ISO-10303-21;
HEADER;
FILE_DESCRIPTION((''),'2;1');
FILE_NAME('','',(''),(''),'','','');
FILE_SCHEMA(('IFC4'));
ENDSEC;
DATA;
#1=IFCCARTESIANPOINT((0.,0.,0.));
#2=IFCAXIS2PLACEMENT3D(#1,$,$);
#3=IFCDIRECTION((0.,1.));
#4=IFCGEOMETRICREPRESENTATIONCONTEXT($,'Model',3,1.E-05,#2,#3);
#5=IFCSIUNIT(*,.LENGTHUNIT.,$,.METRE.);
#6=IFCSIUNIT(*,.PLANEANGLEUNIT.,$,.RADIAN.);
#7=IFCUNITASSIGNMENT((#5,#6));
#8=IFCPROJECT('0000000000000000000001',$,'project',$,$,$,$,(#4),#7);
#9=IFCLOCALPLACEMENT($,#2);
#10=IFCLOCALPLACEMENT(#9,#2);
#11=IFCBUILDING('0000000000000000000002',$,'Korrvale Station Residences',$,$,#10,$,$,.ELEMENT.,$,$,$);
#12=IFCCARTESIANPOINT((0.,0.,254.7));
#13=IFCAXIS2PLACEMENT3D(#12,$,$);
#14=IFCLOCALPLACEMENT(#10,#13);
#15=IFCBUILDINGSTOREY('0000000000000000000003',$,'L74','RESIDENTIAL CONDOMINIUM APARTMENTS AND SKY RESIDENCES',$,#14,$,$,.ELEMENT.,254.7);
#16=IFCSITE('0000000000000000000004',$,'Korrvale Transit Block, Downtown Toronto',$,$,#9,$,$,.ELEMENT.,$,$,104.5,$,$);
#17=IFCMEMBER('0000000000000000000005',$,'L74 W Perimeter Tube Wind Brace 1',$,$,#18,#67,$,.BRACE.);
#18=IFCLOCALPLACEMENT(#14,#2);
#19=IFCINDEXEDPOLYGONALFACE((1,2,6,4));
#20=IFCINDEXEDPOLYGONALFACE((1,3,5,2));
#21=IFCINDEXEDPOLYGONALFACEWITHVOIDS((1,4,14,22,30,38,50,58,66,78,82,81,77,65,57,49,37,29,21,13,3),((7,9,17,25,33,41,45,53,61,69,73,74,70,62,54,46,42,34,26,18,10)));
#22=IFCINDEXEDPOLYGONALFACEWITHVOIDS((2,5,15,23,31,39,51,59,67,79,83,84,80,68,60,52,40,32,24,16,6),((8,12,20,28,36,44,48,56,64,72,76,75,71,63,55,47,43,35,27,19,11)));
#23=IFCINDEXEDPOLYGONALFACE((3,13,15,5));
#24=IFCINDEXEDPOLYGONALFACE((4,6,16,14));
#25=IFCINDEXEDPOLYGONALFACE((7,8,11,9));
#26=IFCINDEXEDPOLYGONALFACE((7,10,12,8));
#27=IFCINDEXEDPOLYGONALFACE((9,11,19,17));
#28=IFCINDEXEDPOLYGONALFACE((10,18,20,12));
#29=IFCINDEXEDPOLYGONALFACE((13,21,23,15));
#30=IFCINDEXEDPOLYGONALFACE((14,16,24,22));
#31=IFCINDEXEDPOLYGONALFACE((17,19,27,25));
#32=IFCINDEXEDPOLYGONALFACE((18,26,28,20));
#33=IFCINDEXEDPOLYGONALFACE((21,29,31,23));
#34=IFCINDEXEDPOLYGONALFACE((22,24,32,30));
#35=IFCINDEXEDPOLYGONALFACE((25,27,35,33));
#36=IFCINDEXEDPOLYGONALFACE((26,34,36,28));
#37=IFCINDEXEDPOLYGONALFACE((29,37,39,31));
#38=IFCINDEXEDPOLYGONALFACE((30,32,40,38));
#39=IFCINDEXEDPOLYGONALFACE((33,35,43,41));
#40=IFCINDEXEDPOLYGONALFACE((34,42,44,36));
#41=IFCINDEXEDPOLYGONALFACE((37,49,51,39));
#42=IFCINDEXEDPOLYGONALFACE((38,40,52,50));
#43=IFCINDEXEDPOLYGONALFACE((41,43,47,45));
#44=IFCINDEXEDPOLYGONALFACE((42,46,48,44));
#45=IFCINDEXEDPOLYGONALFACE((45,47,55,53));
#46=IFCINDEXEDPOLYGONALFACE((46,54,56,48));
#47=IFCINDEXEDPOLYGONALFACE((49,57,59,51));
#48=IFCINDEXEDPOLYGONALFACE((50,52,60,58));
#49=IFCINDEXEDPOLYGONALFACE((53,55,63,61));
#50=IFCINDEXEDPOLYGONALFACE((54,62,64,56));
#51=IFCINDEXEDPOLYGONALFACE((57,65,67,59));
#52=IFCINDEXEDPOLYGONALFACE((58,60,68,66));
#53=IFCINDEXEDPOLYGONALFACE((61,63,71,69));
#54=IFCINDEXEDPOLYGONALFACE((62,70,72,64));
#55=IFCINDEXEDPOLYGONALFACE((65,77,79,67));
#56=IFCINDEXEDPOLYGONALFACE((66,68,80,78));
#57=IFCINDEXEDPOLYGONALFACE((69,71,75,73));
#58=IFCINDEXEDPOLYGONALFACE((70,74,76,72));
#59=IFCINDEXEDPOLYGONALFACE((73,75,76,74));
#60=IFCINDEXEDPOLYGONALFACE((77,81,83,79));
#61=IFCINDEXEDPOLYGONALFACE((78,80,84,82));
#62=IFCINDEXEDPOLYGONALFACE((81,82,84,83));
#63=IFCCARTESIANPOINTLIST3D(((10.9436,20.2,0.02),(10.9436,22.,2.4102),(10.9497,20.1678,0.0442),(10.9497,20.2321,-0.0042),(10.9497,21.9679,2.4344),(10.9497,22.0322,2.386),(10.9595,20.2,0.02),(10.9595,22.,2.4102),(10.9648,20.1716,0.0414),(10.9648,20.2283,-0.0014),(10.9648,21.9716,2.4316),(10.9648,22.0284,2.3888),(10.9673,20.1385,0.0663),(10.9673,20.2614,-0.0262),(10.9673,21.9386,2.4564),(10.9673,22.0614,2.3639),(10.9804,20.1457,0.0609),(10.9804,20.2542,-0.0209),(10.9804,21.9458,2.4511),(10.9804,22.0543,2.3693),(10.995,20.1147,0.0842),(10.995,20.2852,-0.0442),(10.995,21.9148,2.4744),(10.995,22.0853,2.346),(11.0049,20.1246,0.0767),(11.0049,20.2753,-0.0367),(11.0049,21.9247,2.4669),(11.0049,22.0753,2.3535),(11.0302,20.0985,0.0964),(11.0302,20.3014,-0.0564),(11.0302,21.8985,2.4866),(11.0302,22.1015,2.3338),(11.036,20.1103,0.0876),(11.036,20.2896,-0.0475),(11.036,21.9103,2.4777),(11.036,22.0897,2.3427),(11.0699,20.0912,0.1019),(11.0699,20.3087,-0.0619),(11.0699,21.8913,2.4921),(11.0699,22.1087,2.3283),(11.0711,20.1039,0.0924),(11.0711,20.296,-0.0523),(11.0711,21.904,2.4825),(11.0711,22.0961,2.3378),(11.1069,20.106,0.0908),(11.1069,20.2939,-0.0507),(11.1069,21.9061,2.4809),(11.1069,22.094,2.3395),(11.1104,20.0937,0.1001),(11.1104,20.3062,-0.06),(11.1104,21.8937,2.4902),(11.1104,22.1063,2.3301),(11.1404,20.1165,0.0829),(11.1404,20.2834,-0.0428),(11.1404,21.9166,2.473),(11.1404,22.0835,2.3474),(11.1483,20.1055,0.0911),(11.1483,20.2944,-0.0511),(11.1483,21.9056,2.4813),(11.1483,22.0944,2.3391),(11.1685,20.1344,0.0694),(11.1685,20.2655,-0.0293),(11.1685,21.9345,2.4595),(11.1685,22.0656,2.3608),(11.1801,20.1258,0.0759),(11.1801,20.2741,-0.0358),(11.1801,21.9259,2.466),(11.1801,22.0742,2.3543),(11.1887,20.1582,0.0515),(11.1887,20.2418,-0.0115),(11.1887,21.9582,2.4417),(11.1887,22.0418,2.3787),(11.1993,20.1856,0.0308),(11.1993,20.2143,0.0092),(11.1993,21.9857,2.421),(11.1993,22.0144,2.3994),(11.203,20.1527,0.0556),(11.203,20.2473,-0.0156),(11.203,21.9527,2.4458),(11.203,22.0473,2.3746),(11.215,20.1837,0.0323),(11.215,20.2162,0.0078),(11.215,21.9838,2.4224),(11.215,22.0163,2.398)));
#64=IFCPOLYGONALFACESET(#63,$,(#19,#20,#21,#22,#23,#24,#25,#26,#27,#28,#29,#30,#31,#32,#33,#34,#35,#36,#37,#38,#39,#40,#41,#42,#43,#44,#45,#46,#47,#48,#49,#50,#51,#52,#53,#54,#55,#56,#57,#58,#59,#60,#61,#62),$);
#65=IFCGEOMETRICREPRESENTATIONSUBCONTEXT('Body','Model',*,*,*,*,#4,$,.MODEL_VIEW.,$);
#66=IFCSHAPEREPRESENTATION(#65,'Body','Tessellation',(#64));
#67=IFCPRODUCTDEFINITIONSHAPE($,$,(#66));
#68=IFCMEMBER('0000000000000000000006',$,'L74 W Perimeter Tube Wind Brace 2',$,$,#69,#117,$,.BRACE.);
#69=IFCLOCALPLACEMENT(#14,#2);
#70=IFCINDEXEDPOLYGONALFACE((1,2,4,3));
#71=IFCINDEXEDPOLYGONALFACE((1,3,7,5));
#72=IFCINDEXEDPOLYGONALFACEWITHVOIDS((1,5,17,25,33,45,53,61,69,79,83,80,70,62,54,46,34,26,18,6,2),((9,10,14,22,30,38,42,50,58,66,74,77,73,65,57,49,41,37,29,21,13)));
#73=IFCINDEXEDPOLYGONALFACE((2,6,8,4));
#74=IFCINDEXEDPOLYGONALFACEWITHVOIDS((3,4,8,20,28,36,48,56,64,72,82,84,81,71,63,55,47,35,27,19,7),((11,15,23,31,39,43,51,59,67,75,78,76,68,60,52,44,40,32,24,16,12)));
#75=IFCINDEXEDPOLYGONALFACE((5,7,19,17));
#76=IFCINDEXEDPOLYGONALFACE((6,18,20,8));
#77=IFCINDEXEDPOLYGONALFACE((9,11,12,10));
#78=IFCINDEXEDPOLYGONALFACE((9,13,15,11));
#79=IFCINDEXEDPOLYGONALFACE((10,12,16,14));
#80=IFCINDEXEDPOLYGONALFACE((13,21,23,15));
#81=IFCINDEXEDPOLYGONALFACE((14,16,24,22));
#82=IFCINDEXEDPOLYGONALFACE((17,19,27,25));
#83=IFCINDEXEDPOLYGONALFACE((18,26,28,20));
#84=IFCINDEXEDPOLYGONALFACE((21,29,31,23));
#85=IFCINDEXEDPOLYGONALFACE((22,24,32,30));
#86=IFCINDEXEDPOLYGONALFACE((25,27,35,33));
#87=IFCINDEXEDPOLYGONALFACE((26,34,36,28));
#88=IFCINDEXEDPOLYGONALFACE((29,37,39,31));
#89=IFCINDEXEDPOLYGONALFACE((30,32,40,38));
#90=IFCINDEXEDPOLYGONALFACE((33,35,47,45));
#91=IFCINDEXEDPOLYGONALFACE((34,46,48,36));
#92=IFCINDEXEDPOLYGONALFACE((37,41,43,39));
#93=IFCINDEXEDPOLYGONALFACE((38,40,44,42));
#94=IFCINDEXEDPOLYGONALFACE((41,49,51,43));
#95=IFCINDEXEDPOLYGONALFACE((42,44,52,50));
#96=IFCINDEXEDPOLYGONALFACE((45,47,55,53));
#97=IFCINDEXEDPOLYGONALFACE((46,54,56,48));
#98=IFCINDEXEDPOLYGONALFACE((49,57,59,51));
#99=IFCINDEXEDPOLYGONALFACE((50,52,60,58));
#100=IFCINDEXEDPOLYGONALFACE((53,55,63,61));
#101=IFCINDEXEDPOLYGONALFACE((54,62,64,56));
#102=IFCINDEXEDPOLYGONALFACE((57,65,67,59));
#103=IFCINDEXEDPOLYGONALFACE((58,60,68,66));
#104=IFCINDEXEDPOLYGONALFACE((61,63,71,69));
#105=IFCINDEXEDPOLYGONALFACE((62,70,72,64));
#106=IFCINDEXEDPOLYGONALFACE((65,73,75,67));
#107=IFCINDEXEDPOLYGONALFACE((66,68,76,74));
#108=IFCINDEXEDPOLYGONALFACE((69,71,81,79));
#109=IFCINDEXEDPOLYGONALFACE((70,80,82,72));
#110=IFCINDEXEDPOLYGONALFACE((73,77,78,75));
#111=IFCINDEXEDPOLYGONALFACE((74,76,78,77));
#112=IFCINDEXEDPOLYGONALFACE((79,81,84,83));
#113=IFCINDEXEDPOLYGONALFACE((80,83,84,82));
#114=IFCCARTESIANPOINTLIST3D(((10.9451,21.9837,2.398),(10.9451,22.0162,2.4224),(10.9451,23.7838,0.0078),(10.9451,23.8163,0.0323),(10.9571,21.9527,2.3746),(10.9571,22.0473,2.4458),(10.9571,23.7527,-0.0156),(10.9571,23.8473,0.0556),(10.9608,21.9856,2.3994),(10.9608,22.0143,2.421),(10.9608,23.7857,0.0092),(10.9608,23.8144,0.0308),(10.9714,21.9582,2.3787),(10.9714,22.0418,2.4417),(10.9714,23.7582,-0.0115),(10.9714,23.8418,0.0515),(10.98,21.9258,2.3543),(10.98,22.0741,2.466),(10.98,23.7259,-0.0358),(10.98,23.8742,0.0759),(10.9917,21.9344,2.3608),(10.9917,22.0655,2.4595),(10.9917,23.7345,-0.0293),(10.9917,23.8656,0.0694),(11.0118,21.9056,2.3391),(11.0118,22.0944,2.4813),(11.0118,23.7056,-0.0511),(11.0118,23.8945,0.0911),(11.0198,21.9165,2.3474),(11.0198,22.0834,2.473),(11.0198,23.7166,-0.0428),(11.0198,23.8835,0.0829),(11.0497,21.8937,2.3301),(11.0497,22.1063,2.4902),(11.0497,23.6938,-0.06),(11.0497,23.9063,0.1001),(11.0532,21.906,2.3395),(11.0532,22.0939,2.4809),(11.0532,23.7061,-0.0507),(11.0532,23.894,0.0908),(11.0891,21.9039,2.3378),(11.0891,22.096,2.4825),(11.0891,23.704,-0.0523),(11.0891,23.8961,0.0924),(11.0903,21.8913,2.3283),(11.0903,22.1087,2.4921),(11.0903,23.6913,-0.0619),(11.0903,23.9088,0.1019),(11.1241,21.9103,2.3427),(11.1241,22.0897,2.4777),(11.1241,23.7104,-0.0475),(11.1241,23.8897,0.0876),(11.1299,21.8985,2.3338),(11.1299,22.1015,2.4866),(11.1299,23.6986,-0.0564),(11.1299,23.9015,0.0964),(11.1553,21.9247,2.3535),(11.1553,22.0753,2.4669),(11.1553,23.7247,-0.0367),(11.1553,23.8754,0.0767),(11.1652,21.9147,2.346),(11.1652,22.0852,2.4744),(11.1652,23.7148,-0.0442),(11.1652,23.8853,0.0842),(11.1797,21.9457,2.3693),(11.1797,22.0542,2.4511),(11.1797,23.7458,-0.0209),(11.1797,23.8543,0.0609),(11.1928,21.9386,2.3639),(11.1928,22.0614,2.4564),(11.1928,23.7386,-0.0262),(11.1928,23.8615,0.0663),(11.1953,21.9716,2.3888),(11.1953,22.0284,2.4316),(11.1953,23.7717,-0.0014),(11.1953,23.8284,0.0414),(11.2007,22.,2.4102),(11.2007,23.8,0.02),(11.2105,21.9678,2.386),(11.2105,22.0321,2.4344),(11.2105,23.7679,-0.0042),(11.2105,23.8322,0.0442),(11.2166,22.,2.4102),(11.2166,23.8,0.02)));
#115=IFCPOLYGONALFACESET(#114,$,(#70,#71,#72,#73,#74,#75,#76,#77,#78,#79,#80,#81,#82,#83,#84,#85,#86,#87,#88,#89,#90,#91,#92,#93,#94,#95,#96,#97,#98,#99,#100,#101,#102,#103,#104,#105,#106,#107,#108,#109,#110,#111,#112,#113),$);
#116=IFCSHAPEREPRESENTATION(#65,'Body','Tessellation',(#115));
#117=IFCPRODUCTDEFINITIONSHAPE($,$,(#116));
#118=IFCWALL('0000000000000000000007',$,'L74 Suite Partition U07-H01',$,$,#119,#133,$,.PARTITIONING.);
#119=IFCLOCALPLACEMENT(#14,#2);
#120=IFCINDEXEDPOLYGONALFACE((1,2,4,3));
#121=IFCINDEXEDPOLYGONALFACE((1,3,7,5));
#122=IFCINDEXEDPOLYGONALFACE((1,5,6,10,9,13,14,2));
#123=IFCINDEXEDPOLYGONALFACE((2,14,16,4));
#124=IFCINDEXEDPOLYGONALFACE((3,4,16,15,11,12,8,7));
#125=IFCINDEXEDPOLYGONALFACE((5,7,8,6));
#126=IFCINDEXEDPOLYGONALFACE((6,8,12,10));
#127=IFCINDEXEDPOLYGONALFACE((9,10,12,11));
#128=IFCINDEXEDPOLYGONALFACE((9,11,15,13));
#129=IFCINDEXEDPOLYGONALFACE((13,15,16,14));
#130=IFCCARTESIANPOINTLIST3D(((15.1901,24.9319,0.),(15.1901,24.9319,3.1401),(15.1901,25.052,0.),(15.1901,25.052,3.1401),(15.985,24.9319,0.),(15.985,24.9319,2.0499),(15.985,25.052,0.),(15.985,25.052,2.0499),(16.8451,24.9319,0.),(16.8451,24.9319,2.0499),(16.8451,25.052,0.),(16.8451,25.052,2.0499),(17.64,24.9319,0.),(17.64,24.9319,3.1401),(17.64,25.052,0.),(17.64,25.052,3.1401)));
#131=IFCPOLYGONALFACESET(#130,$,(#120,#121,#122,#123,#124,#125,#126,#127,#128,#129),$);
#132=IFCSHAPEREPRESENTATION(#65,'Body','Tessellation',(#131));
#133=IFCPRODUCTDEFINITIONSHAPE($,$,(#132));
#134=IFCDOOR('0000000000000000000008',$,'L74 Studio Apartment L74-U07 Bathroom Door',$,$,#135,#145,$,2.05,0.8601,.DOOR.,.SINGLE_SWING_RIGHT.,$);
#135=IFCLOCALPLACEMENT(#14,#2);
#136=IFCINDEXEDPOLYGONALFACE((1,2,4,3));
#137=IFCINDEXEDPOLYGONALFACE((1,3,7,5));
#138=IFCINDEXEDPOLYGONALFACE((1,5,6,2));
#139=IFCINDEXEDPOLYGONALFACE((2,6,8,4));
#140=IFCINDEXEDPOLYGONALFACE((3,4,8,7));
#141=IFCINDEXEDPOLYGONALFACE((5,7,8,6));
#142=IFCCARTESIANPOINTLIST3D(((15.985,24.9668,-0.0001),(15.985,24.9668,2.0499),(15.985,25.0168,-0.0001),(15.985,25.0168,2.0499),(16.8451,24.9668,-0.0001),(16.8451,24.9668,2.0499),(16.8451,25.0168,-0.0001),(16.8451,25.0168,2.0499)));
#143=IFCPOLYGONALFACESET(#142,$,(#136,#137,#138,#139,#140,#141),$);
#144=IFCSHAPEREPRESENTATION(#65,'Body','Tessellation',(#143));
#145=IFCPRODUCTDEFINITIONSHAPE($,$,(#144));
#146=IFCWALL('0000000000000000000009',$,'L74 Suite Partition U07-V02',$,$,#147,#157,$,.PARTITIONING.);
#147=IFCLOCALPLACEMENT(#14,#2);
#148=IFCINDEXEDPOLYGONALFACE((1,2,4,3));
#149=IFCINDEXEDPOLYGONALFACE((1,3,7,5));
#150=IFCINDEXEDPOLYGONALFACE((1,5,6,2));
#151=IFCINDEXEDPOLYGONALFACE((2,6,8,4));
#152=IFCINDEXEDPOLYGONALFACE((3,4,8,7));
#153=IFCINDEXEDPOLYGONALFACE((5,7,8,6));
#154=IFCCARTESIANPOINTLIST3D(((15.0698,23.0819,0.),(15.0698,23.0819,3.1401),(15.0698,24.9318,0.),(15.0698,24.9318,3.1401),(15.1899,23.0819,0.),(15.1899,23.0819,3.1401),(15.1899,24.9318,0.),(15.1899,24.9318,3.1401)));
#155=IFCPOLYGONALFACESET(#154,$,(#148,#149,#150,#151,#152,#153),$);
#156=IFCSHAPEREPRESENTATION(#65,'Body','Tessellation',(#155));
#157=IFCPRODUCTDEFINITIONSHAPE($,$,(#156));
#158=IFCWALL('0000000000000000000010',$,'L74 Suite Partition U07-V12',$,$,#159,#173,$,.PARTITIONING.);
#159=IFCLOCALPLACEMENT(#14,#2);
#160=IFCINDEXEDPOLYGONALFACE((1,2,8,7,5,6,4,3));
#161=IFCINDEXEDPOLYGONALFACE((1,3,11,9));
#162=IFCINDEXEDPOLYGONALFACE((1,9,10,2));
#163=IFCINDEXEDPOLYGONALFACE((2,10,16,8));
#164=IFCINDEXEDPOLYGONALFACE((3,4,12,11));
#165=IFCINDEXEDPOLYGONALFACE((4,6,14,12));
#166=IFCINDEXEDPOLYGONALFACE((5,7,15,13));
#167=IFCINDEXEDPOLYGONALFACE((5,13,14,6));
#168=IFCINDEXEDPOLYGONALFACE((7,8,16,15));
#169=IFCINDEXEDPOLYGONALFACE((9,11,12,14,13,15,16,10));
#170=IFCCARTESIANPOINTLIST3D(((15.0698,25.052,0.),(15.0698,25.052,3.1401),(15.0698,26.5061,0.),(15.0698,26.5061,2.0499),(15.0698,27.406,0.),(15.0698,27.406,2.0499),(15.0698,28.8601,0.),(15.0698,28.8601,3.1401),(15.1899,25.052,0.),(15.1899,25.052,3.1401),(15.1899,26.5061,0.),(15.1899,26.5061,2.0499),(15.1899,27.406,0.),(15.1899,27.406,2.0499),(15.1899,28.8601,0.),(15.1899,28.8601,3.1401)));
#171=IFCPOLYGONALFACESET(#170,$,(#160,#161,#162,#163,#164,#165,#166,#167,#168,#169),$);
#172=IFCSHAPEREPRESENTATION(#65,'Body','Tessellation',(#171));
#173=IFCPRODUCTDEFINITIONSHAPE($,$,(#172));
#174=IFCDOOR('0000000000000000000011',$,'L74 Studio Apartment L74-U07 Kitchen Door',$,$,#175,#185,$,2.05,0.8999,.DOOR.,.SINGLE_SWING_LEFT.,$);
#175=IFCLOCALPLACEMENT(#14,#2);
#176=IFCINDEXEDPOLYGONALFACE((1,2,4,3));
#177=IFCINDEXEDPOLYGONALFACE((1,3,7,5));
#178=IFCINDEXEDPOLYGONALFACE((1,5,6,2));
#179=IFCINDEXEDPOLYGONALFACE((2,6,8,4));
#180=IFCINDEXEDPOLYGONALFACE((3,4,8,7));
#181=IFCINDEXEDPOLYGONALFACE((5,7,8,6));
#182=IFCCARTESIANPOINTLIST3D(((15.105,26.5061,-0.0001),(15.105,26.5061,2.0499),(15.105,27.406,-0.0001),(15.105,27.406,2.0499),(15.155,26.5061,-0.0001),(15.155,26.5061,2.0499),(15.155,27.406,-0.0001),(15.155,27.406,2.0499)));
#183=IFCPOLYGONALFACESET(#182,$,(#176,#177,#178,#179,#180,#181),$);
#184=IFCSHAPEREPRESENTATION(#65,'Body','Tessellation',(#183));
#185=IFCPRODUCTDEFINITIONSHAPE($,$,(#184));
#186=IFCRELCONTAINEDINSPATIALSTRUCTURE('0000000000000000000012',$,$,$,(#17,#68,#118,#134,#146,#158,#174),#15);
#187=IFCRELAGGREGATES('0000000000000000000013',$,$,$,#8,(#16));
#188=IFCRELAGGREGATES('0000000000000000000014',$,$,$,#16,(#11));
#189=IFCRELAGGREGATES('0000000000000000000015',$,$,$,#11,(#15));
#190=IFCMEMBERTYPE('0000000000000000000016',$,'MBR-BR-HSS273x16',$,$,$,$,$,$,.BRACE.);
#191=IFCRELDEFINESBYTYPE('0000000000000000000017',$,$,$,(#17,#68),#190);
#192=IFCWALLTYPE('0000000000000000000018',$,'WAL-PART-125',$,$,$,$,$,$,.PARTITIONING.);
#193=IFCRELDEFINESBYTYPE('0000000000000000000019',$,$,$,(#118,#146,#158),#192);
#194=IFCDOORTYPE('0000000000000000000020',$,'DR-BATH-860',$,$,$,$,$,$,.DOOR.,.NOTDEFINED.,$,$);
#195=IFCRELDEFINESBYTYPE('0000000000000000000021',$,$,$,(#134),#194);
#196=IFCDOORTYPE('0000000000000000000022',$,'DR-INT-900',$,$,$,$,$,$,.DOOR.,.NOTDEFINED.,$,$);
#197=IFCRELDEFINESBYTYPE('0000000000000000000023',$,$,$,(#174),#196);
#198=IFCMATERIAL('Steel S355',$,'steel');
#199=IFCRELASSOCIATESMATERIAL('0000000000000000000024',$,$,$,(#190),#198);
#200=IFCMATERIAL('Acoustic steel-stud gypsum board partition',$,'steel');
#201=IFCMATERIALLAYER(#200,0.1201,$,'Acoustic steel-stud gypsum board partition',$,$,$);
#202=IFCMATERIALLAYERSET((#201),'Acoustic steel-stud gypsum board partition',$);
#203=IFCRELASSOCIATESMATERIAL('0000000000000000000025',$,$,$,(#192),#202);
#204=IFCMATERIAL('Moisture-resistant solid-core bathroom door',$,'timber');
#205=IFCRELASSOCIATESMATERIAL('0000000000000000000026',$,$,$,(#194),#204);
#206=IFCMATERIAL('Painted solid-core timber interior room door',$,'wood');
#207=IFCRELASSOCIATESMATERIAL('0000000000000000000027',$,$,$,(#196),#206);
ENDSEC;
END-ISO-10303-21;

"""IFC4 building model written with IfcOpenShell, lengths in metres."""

from ifc_helpers import new_model, si_unit, direction, frame, frame_2d, origin, origin_2d, place, context, subcontext, project, spatial, rectangle, hollow_circle, extrude, material, layer, layer_set, material_profile, profile_set, type_object, element, fill, save


model = new_model("IFC4")

# Units and contexts
model_context = context("Model", 3, precision=1e-05, world=origin(), true_north=direction((0.0, 1.0)))
body_context = subcontext(model_context, "Body", "Model", "MODEL_VIEW")
ifc_project = project(units=[si_unit("LENGTHUNIT", "METRE"), si_unit("PLANEANGLEUNIT", "RADIAN")], contexts=[model_context])

# Site, building, storey
site_placement = place(None, origin())
site = spatial("IfcSite", under=ifc_project, at=site_placement, Name="Korrvale Transit Block, Downtown Toronto", CompositionType="ELEMENT", RefElevation=104.5)
building_placement = place(site_placement, origin())
building = spatial("IfcBuilding", under=site, at=building_placement, Name="Korrvale Station Residences", CompositionType="ELEMENT")
storey_placement = place(building_placement, frame((0.0, 0.0, 254.7)))
storey = spatial("IfcBuildingStorey", under=building, at=storey_placement, Name="L74", Description="RESIDENTIAL CONDOMINIUM APARTMENTS AND SKY RESIDENCES", CompositionType="ELEMENT", Elevation=254.7)

# Shared definitions
ifc_material_1 = material(Name="Steel S355", Category="steel")

# Members
ifc_material_profile_1 = material_profile(ifc_material_1, hollow_circle(Radius=0.1365, WallThickness=0.0159, at=origin_2d()), Name="HSS273x16")
ifc_profile_set_1 = profile_set([ifc_material_profile_1], Name="Steel S355")
member_type = type_object("IfcMemberType", Name="MBR-BR-HSS273x16", PredefinedType="BRACE", material=ifc_profile_set_1)
for number, where, z_axis, x_axis, name in (
    (1, (11.0801, 20.2, 0.02), (0.0, 0.601592, 0.798804), (-1.0, 0.0, 0.0), "L74 W Perimeter Tube Wind Brace 1"),
    (2, (11.0801, 23.8, 0.02), (0.0, -0.601592, 0.798804), (1.0, 0.0, 0.0), "L74 W Perimeter Tube Wind Brace 2"),
):
    element("IfcMember", number, at=place(storey_placement, frame(where, z_axis=z_axis, x_axis=x_axis)), inside=storey, type_object=member_type, Name=name, PredefinedType="BRACE", context=body_context, shape_type="SweptSolid", body=[
        extrude(hollow_circle(Radius=0.1365, WallThickness=0.0159, at=origin_2d()), origin(), (0.0, 0.0, 1.0), 2.9922),
    ])

# Wall, opening, door
ifc_material_2 = material(Name="Acoustic steel-stud gypsum board partition", Category="steel")
ifc_layer_1 = layer(ifc_material_2, 0.1201, Name="Acoustic steel-stud gypsum board partition")
ifc_layer_set_1 = layer_set([ifc_layer_1], Name="Acoustic steel-stud gypsum board partition")
wall_type_1 = type_object("IfcWallType", Name="WAL-PART-125", PredefinedType="PARTITIONING", material=ifc_layer_set_1)
wall_1_placement = place(storey_placement, frame((15.1899, 24.9919, 0.0), z_axis=(0.0, 0.0, 1.0), x_axis=(1.0, 0.0, 0.0)))
wall_1 = element("IfcWall", 3, at=wall_1_placement, inside=storey, type_object=wall_type_1, Name="L74 Suite Partition U07-H01", PredefinedType="PARTITIONING", context=body_context, shape_type="SweptSolid", body=[
    extrude(rectangle(XDim=2.45, YDim=0.1201, at=frame_2d((1.2251, 0.0))), origin(), (0.0, 0.0, 1.0), 3.1401),
])
opening_1_placement = place(wall_1_placement, frame((0.7949, 0.0, 0.0)))
opening_1 = element("IfcOpeningElement", 4, at=opening_1_placement, cuts=wall_1, PredefinedType="OPENING", context=body_context, shape_type="SweptSolid", body=[
    extrude(rectangle(XDim=0.8601, YDim=2.05, at=frame_2d((0.4302, 1.0249))), frame((0.0, 0.0701, 0.0), z_axis=(0.0, -1.0, 0.0), x_axis=(1.0, 0.0, 0.0)), (0.0, 0.0, 1.0), 0.1401),
])
ifc_material_3 = material(Name="Moisture-resistant solid-core bathroom door", Category="timber")
door_type_1 = type_object("IfcDoorType", Name="DR-BATH-860", OperationType="NOTDEFINED", PredefinedType="DOOR", material=ifc_material_3)
door_1_placement = place(opening_1_placement, origin())
door_1 = element("IfcDoor", 5, at=door_1_placement, inside=storey, type_object=door_type_1, Name="L74 Studio Apartment L74-U07 Bathroom Door", OperationType="SINGLE_SWING_RIGHT", OverallHeight=2.05, OverallWidth=0.8601, PredefinedType="DOOR", context=body_context, shape_type="SweptSolid", body=[
    extrude(rectangle(XDim=0.8601, YDim=2.05, at=frame_2d((0.4302, 1.0249))), frame((0.0, 0.0249, 0.0), z_axis=(0.0, -1.0, 0.0), x_axis=(1.0, 0.0, 0.0)), (0.0, 0.0, 1.0), 0.05),
])
fill(opening_1, door_1)

# Wall
wall_2_placement = place(storey_placement, frame((15.1299, 23.082, 0.0), z_axis=(0.0, 0.0, 1.0), x_axis=(0.0, 1.0, 0.0)))
element("IfcWall", 6, at=wall_2_placement, inside=storey, type_object=wall_type_1, Name="L74 Suite Partition U07-V02", PredefinedType="PARTITIONING", context=body_context, shape_type="SweptSolid", body=[
    extrude(rectangle(XDim=1.8499, YDim=0.1201, at=frame_2d((0.9248, 0.0))), origin(), (0.0, 0.0, 1.0), 3.1401),
])

# Wall, opening, door
wall_3_placement = place(storey_placement, frame((15.1299, 25.052, 0.0), z_axis=(0.0, 0.0, 1.0), x_axis=(0.0, 1.0, 0.0)))
wall_3 = element("IfcWall", 7, at=wall_3_placement, inside=storey, type_object=wall_type_1, Name="L74 Suite Partition U07-V12", PredefinedType="PARTITIONING", context=body_context, shape_type="SweptSolid", body=[
    extrude(rectangle(XDim=3.8081, YDim=0.1201, at=frame_2d((1.9041, 0.0))), origin(), (0.0, 0.0, 1.0), 3.1401),
])
opening_2_placement = place(wall_3_placement, frame((1.4541, 0.0, 0.0)))
opening_2 = element("IfcOpeningElement", 8, at=opening_2_placement, cuts=wall_3, PredefinedType="OPENING", context=body_context, shape_type="SweptSolid", body=[
    extrude(rectangle(XDim=0.8999, YDim=2.05, at=frame_2d((0.45, 1.0249))), frame((0.0, 0.0701, 0.0), z_axis=(0.0, -1.0, 0.0), x_axis=(1.0, 0.0, 0.0)), (0.0, 0.0, 1.0), 0.1401),
])
ifc_material_4 = material(Name="Painted solid-core timber interior room door", Category="wood")
door_type_2 = type_object("IfcDoorType", Name="DR-INT-900", OperationType="NOTDEFINED", PredefinedType="DOOR", material=ifc_material_4)
door_2_placement = place(opening_2_placement, origin())
door_2 = element("IfcDoor", 9, at=door_2_placement, inside=storey, type_object=door_type_2, Name="L74 Studio Apartment L74-U07 Kitchen Door", OperationType="SINGLE_SWING_LEFT", OverallHeight=2.05, OverallWidth=0.8999, PredefinedType="DOOR", context=body_context, shape_type="SweptSolid", body=[
    extrude(rectangle(XDim=0.8999, YDim=2.05, at=frame_2d((0.45, 1.0249))), frame((0.0, 0.0249, 0.0), z_axis=(0.0, -1.0, 0.0), x_axis=(1.0, 0.0, 0.0)), (0.0, 0.0, 1.0), 0.05),
])
fill(opening_2, door_2)

save(model, "model.ifc")
